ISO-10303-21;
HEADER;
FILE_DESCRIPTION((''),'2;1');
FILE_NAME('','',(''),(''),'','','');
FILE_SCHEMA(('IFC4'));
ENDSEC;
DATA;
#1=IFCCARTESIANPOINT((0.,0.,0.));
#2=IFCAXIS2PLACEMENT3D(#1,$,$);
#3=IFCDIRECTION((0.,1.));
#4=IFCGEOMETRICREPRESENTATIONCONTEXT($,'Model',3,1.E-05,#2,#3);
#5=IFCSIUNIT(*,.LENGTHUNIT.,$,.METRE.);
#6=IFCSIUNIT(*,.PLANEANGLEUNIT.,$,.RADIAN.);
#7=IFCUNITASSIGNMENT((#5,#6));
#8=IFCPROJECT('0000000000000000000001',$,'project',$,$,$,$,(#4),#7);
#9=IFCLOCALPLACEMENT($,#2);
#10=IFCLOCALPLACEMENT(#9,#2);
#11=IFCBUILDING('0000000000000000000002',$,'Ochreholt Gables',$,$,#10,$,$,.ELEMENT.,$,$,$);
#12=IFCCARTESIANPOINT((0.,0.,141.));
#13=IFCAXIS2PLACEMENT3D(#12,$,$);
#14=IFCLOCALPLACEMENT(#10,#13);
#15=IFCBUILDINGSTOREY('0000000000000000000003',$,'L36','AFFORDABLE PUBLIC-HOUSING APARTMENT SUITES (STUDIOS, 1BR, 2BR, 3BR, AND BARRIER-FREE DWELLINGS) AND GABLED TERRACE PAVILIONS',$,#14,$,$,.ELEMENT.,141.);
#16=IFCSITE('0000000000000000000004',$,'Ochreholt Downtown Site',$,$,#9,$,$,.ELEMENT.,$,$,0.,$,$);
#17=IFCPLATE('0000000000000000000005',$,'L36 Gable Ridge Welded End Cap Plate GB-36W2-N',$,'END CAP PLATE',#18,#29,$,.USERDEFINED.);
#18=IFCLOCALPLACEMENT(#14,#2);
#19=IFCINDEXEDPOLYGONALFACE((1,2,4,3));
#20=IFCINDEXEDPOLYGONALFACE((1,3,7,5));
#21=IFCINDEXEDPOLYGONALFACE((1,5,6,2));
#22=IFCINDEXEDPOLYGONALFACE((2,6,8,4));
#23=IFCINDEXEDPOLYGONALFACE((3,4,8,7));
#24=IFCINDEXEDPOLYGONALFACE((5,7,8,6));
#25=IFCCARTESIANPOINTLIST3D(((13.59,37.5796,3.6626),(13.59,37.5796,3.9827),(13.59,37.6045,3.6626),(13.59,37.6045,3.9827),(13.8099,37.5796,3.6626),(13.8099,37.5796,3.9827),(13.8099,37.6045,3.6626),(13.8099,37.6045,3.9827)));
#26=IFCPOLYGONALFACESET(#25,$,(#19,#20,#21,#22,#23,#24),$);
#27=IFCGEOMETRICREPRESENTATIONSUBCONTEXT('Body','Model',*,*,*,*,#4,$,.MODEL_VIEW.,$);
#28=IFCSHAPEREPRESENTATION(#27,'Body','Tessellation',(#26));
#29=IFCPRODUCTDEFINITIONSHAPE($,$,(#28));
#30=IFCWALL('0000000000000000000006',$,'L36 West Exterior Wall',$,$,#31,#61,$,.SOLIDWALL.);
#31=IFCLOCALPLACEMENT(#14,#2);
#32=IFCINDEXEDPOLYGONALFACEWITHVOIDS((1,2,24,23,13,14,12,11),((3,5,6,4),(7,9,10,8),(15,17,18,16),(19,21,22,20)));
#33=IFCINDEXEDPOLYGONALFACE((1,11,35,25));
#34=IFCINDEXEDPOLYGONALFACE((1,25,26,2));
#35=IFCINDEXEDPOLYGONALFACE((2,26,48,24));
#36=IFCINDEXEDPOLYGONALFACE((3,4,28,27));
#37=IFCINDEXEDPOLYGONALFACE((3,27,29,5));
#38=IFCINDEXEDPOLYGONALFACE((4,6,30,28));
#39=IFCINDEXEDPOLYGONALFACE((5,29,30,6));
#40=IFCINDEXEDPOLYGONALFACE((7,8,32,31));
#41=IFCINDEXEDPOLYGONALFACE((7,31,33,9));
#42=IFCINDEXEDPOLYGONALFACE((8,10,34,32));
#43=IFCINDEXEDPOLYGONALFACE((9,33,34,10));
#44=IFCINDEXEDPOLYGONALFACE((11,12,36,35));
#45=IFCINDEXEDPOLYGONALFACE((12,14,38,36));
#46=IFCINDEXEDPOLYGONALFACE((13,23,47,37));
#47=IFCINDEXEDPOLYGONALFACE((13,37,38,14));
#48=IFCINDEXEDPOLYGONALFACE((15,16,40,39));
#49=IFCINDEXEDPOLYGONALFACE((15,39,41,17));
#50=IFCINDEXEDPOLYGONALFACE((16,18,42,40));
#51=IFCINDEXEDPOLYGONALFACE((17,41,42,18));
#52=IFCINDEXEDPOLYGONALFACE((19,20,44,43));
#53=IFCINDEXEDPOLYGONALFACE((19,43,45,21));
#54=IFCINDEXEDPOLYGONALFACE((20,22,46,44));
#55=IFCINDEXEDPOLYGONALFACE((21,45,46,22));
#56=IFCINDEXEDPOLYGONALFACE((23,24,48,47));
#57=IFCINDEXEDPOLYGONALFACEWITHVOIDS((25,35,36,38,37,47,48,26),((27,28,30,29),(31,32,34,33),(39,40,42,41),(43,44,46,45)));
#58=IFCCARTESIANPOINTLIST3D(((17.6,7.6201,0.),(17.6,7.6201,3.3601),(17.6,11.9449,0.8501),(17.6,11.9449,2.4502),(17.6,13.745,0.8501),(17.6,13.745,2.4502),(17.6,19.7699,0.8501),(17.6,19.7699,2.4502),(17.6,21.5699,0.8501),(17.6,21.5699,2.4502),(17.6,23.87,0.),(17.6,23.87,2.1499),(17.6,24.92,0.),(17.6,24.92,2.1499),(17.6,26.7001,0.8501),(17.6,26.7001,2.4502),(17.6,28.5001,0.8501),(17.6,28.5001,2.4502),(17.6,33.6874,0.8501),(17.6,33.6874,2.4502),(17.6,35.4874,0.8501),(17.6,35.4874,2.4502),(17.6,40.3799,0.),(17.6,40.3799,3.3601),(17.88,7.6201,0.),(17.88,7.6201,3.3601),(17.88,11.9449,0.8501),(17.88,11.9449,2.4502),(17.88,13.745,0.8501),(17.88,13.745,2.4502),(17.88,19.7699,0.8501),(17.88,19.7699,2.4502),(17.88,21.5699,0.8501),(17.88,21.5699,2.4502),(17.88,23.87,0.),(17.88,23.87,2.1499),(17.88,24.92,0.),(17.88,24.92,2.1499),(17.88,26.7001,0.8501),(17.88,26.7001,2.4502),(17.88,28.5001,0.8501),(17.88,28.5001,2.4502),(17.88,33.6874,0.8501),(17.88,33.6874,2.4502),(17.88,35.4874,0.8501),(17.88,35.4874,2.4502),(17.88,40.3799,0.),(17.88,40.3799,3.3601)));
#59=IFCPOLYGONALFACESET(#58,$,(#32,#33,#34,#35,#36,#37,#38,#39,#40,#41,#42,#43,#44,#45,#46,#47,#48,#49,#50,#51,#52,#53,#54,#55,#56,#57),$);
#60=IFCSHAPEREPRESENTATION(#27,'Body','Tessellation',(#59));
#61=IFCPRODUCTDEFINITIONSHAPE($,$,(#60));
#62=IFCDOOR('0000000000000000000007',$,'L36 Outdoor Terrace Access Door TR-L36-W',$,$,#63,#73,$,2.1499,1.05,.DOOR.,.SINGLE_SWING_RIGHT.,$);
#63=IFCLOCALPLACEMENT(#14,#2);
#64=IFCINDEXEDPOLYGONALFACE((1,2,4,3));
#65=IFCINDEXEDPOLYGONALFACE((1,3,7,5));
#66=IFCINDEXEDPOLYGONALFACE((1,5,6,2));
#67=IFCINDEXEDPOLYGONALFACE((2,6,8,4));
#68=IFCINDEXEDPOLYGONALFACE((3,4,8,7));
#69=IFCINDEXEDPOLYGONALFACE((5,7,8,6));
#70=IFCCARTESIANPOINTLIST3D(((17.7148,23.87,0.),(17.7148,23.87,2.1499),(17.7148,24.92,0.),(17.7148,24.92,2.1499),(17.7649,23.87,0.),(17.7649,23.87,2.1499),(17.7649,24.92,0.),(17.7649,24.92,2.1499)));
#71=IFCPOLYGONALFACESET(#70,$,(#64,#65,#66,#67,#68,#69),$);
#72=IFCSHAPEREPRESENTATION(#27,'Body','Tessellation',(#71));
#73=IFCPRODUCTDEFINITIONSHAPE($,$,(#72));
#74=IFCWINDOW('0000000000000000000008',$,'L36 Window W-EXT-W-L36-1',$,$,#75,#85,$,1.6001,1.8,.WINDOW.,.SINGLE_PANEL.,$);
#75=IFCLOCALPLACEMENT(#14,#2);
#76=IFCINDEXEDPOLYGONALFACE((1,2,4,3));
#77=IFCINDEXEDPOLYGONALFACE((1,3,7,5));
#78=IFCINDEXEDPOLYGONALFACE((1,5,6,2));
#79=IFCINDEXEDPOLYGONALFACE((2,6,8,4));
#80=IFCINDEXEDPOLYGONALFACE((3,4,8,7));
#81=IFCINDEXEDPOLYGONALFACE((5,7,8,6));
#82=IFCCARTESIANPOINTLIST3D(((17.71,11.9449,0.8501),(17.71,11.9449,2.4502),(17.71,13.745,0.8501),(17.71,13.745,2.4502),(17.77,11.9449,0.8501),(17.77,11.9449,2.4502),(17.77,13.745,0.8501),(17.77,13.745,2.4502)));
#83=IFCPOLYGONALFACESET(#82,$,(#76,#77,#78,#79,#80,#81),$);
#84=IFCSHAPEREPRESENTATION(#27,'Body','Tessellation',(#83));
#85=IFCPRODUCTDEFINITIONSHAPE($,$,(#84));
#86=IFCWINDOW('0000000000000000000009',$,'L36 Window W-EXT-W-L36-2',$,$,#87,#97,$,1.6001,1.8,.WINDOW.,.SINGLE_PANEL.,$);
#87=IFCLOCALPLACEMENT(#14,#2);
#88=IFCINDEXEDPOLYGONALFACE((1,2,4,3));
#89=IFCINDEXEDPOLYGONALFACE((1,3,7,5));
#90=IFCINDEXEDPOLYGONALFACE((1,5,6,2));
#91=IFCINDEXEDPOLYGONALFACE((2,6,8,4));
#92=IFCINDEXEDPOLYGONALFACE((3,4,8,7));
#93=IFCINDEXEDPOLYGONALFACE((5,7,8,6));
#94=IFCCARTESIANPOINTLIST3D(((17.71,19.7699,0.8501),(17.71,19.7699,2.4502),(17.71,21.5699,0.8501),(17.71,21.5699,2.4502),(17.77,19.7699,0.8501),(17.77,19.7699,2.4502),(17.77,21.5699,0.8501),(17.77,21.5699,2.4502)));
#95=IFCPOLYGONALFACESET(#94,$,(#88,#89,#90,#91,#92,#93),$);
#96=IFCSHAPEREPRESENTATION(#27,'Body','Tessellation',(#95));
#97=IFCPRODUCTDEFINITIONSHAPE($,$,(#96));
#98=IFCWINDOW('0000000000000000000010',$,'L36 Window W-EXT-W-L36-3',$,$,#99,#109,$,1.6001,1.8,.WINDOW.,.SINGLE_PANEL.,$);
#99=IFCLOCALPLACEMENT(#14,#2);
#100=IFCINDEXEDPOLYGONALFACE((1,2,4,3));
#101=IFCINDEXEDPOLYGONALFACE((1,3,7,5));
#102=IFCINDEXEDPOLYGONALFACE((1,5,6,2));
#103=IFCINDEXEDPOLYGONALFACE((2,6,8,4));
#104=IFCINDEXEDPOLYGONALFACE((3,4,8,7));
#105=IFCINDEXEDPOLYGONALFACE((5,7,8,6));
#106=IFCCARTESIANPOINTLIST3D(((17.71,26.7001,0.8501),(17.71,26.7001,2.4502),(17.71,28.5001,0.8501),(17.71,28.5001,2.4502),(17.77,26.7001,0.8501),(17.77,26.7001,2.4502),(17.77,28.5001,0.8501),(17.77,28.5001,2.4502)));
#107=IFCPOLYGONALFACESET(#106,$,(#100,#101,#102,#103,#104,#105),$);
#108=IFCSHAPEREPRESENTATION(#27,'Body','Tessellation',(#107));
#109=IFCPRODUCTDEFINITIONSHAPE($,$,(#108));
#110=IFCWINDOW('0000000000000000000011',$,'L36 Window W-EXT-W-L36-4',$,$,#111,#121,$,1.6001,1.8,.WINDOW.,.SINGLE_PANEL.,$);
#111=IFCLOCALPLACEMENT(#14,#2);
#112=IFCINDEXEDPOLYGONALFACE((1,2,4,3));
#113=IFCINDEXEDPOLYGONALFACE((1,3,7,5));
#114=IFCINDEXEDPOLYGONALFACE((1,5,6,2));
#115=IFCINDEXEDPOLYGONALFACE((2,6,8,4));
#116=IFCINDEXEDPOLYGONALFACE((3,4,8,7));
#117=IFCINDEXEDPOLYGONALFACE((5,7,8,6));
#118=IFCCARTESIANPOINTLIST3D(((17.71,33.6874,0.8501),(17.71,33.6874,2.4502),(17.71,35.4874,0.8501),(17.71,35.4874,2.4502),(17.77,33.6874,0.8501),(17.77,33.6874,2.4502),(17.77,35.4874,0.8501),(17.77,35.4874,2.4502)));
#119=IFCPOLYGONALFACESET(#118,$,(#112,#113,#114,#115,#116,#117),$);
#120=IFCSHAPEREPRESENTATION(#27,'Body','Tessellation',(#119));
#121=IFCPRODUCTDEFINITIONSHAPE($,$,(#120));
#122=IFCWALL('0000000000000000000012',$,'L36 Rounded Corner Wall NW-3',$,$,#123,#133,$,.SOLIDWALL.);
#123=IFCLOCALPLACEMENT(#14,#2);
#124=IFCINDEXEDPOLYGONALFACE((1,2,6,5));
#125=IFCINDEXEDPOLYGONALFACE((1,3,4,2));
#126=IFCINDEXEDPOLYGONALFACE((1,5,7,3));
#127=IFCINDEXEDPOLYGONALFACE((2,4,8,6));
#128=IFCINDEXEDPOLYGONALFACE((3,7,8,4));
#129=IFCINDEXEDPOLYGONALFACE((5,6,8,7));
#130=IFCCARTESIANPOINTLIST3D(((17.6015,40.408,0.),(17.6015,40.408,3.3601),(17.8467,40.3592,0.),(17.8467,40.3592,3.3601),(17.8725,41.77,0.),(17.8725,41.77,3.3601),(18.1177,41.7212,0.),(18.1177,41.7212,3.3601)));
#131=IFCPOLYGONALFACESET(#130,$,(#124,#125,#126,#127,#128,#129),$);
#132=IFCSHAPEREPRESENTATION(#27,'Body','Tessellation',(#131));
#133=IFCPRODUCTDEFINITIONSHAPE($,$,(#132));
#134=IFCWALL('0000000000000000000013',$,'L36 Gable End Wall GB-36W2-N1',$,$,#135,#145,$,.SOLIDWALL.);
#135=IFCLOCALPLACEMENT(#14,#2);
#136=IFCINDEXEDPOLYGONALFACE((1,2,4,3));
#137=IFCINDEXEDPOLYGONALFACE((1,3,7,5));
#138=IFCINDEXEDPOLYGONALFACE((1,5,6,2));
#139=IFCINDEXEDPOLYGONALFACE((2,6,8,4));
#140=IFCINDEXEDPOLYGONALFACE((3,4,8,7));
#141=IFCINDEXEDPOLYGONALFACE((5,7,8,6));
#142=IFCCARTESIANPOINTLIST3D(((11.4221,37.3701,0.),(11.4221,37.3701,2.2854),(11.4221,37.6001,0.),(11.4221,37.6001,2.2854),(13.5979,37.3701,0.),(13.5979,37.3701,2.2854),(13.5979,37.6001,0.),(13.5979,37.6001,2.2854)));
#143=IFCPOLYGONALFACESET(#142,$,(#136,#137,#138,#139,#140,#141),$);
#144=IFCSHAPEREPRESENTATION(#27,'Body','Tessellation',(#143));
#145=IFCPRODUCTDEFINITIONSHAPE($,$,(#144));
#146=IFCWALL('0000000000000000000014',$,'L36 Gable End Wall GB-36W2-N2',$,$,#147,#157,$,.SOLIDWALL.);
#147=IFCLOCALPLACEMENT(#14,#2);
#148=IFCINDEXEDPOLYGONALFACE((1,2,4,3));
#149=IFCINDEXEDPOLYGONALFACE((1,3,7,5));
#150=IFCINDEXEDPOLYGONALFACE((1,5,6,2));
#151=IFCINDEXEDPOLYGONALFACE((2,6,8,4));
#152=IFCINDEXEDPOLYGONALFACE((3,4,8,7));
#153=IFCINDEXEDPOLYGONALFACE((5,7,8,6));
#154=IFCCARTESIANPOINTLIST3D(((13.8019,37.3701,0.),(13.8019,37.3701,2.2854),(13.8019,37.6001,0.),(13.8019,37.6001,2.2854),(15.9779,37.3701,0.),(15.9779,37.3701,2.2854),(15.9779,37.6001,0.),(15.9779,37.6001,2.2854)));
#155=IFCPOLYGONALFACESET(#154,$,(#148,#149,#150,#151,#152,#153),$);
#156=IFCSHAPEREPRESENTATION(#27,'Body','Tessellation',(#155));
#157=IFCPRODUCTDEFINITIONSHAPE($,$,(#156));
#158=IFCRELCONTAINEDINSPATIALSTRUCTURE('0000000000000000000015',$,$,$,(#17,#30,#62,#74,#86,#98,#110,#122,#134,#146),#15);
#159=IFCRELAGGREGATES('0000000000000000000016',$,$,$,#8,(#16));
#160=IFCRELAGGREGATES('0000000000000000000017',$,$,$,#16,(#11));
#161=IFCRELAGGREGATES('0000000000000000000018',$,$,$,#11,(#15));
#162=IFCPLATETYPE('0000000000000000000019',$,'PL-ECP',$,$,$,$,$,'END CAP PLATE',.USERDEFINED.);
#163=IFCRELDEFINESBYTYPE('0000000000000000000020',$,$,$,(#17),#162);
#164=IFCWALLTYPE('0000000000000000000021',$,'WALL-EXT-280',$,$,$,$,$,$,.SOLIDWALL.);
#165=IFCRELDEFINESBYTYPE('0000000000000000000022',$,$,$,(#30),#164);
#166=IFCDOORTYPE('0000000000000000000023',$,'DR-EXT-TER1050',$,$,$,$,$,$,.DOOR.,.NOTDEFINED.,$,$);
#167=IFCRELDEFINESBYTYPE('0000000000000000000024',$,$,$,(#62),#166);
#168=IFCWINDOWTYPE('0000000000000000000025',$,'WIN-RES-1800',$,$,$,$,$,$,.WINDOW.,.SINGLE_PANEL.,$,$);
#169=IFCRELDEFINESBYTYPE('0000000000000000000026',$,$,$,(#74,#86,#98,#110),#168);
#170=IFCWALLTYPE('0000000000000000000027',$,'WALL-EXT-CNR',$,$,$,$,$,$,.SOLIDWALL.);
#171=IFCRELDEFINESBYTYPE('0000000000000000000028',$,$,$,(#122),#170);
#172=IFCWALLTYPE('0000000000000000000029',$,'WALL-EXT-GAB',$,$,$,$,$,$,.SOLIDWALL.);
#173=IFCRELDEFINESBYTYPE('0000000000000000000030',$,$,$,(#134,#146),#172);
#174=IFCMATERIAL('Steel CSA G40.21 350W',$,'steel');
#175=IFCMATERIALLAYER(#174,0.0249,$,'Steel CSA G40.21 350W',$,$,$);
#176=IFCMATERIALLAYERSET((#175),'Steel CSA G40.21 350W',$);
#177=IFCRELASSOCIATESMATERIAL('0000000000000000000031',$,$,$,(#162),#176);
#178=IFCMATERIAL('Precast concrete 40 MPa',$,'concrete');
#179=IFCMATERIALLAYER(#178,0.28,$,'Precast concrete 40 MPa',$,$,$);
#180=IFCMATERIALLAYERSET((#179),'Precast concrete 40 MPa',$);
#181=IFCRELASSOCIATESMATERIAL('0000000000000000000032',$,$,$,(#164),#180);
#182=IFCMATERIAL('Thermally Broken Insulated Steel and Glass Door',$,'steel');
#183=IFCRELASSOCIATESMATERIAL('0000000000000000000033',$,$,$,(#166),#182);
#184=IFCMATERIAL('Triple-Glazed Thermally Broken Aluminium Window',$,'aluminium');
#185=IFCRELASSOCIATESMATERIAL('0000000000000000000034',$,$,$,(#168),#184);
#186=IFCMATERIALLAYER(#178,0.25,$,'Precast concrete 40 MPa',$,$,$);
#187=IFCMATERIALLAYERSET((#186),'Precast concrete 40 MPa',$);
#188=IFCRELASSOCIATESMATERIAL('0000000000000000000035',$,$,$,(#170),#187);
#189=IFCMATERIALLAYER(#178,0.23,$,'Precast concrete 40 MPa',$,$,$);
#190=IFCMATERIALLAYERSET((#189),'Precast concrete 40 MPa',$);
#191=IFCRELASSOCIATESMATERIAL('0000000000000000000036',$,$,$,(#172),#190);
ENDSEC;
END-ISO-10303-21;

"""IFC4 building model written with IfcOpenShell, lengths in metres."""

from ifc_helpers import new_model, si_unit, direction, frame, frame_2d, origin, origin_2d, place, context, subcontext, project, spatial, rectangle, extrude, material, layer, layer_set, type_object, element, fill, save


model = new_model("IFC4")

# Units and contexts
model_context = context("Model", 3, precision=1e-05, world=origin(), true_north=direction((0.0, 1.0)))
body_context = subcontext(model_context, "Body", "Model", "MODEL_VIEW")
ifc_project = project(units=[si_unit("LENGTHUNIT", "METRE"), si_unit("PLANEANGLEUNIT", "RADIAN")], contexts=[model_context])

# Site, building, storey
site_placement = place(None, origin())
site = spatial("IfcSite", under=ifc_project, at=site_placement, Name="Ochreholt Downtown Site", CompositionType="ELEMENT", RefElevation=0.0)
building_placement = place(site_placement, origin())
building = spatial("IfcBuilding", under=site, at=building_placement, Name="Ochreholt Gables", CompositionType="ELEMENT")
storey_placement = place(building_placement, frame((0.0, 0.0, 141.0)))
storey = spatial("IfcBuildingStorey", under=building, at=storey_placement, Name="L36", Description="AFFORDABLE PUBLIC-HOUSING APARTMENT SUITES (STUDIOS, 1BR, 2BR, 3BR, AND BARRIER-FREE DWELLINGS) AND GABLED TERRACE PAVILIONS", CompositionType="ELEMENT", Elevation=141.0)

# Shared definitions
ifc_material_1 = material(Name="Steel CSA G40.21 350W", Category="steel")

# Plate
ifc_layer_1 = layer(ifc_material_1, 0.0249, Name="Steel CSA G40.21 350W")
ifc_layer_set_1 = layer_set([ifc_layer_1], Name="Steel CSA G40.21 350W")
plate_type = type_object("IfcPlateType", Name="PL-ECP", ElementType="END CAP PLATE", PredefinedType="USERDEFINED", material=ifc_layer_set_1)
plate_placement = place(storey_placement, frame((13.7, 37.592, 3.6626), z_axis=(0.0, 0.0, 1.0), x_axis=(1.0, 0.0, 0.0)))
element("IfcPlate", 1, at=plate_placement, inside=storey, type_object=plate_type, Name="L36 Gable Ridge Welded End Cap Plate GB-36W2-N", ObjectType="END CAP PLATE", PredefinedType="USERDEFINED", context=body_context, shape_type="SweptSolid", body=[
    extrude(rectangle(XDim=0.22, YDim=0.0249, at=origin_2d()), origin(), (0.0, 0.0, 1.0), 0.3201),
])

# Wall, openings, door, windows
ifc_material_2 = material(Name="Precast concrete 40 MPa", Category="concrete")
ifc_layer_2 = layer(ifc_material_2, 0.28, Name="Precast concrete 40 MPa")
ifc_layer_set_2 = layer_set([ifc_layer_2], Name="Precast concrete 40 MPa")
wall_type_1 = type_object("IfcWallType", Name="WALL-EXT-280", PredefinedType="SOLIDWALL", material=ifc_layer_set_2)
wall_1_placement = place(storey_placement, frame((17.74, 40.3799, 0.0), z_axis=(0.0, 0.0, 1.0), x_axis=(0.0, -1.0, 0.0)))
wall_1 = element("IfcWall", 2, at=wall_1_placement, inside=storey, type_object=wall_type_1, Name="L36 West Exterior Wall", PredefinedType="SOLIDWALL", context=body_context, shape_type="SweptSolid", body=[
    extrude(rectangle(XDim=32.7598, YDim=0.28, at=frame_2d((16.3799, 0.0))), origin(), (0.0, 0.0, 1.0), 3.3601),
])
opening_1_placement = place(wall_1_placement, frame((15.46, 0.0, 0.0)))
opening_1 = element("IfcOpeningElement", 3, at=opening_1_placement, cuts=wall_1, PredefinedType="OPENING", context=body_context, shape_type="SweptSolid", body=[
    extrude(rectangle(XDim=1.05, YDim=2.1499, at=frame_2d((0.5249, 1.075))), frame((0.0, 0.1499, 0.0), z_axis=(0.0, -1.0, 0.0), x_axis=(1.0, 0.0, 0.0)), (0.0, 0.0, 1.0), 0.3),
])
opening_2_placement = place(wall_1_placement, frame((26.635, 0.0, 0.8501)))
opening_2 = element("IfcOpeningElement", 4, at=opening_2_placement, cuts=wall_1, PredefinedType="OPENING", context=body_context, shape_type="SweptSolid", body=[
    extrude(rectangle(XDim=1.8, YDim=1.6001, at=frame_2d((0.8999, 0.8))), frame((0.0, 0.1499, 0.0), z_axis=(0.0, -1.0, 0.0), x_axis=(1.0, 0.0, 0.0)), (0.0, 0.0, 1.0), 0.3),
])
opening_3_placement = place(wall_1_placement, frame((18.8101, 0.0, 0.8501)))
opening_3 = element("IfcOpeningElement", 5, at=opening_3_placement, cuts=wall_1, PredefinedType="OPENING", context=body_context, shape_type="SweptSolid", body=[
    extrude(rectangle(XDim=1.8, YDim=1.6001, at=frame_2d((0.8999, 0.8))), frame((0.0, 0.1499, 0.0), z_axis=(0.0, -1.0, 0.0), x_axis=(1.0, 0.0, 0.0)), (0.0, 0.0, 1.0), 0.3),
])
opening_4_placement = place(wall_1_placement, frame((11.8799, 0.0, 0.8501)))
opening_4 = element("IfcOpeningElement", 6, at=opening_4_placement, cuts=wall_1, PredefinedType="OPENING", context=body_context, shape_type="SweptSolid", body=[
    extrude(rectangle(XDim=1.8, YDim=1.6001, at=frame_2d((0.8999, 0.8))), frame((0.0, 0.1499, 0.0), z_axis=(0.0, -1.0, 0.0), x_axis=(1.0, 0.0, 0.0)), (0.0, 0.0, 1.0), 0.3),
])
opening_5_placement = place(wall_1_placement, frame((4.8926, 0.0, 0.8501)))
opening_5 = element("IfcOpeningElement", 7, at=opening_5_placement, cuts=wall_1, PredefinedType="OPENING", context=body_context, shape_type="SweptSolid", body=[
    extrude(rectangle(XDim=1.8, YDim=1.6001, at=frame_2d((0.8999, 0.8))), frame((0.0, 0.1499, 0.0), z_axis=(0.0, -1.0, 0.0), x_axis=(1.0, 0.0, 0.0)), (0.0, 0.0, 1.0), 0.3),
])
ifc_material_3 = material(Name="Thermally Broken Insulated Steel and Glass Door", Category="steel")
door_type = type_object("IfcDoorType", Name="DR-EXT-TER1050", OperationType="NOTDEFINED", PredefinedType="DOOR", material=ifc_material_3)
door_placement = place(opening_1_placement, origin())
door = element("IfcDoor", 8, at=door_placement, inside=storey, type_object=door_type, Name="L36 Outdoor Terrace Access Door TR-L36-W", OperationType="SINGLE_SWING_RIGHT", OverallHeight=2.1499, OverallWidth=1.05, PredefinedType="DOOR", context=body_context, shape_type="SweptSolid", body=[
    extrude(rectangle(XDim=1.05, YDim=2.1499, at=frame_2d((0.5249, 1.075))), frame((0.0, 0.0249, 0.0), z_axis=(0.0, -1.0, 0.0), x_axis=(1.0, 0.0, 0.0)), (0.0, 0.0, 1.0), 0.05),
])
fill(opening_1, door)
ifc_material_4 = material(Name="Triple-Glazed Thermally Broken Aluminium Window", Category="aluminium")
window_type = type_object("IfcWindowType", Name="WIN-RES-1800", PartitioningType="SINGLE_PANEL", PredefinedType="WINDOW", material=ifc_material_4)
window_1_placement = place(opening_2_placement, origin())
window_1 = element("IfcWindow", 9, at=window_1_placement, inside=storey, type_object=window_type, Name="L36 Window W-EXT-W-L36-1", OverallHeight=1.6001, OverallWidth=1.8, PartitioningType="SINGLE_PANEL", PredefinedType="WINDOW", context=body_context, shape_type="SweptSolid", body=[
    extrude(rectangle(XDim=1.8, YDim=1.6001, at=frame_2d((0.8999, 0.8))), frame((0.0, 0.03, 0.0), z_axis=(0.0, -1.0, 0.0), x_axis=(1.0, 0.0, 0.0)), (0.0, 0.0, 1.0), 0.0601),
])
fill(opening_2, window_1)
window_2_placement = place(opening_3_placement, origin())
window_2 = element("IfcWindow", 10, at=window_2_placement, inside=storey, type_object=window_type, Name="L36 Window W-EXT-W-L36-2", OverallHeight=1.6001, OverallWidth=1.8, PartitioningType="SINGLE_PANEL", PredefinedType="WINDOW", context=body_context, shape_type="SweptSolid", body=[
    extrude(rectangle(XDim=1.8, YDim=1.6001, at=frame_2d((0.8999, 0.8))), frame((0.0, 0.03, 0.0), z_axis=(0.0, -1.0, 0.0), x_axis=(1.0, 0.0, 0.0)), (0.0, 0.0, 1.0), 0.0601),
])
fill(opening_3, window_2)
window_3_placement = place(opening_4_placement, origin())
window_3 = element("IfcWindow", 11, at=window_3_placement, inside=storey, type_object=window_type, Name="L36 Window W-EXT-W-L36-3", OverallHeight=1.6001, OverallWidth=1.8, PartitioningType="SINGLE_PANEL", PredefinedType="WINDOW", context=body_context, shape_type="SweptSolid", body=[
    extrude(rectangle(XDim=1.8, YDim=1.6001, at=frame_2d((0.8999, 0.8))), frame((0.0, 0.03, 0.0), z_axis=(0.0, -1.0, 0.0), x_axis=(1.0, 0.0, 0.0)), (0.0, 0.0, 1.0), 0.0601),
])
fill(opening_4, window_3)
window_4_placement = place(opening_5_placement, origin())
window_4 = element("IfcWindow", 12, at=window_4_placement, inside=storey, type_object=window_type, Name="L36 Window W-EXT-W-L36-4", OverallHeight=1.6001, OverallWidth=1.8, PartitioningType="SINGLE_PANEL", PredefinedType="WINDOW", context=body_context, shape_type="SweptSolid", body=[
    extrude(rectangle(XDim=1.8, YDim=1.6001, at=frame_2d((0.8999, 0.8))), frame((0.0, 0.03, 0.0), z_axis=(0.0, -1.0, 0.0), x_axis=(1.0, 0.0, 0.0)), (0.0, 0.0, 1.0), 0.0601),
])
fill(opening_5, window_4)

# Walls
ifc_layer_3 = layer(ifc_material_2, 0.25, Name="Precast concrete 40 MPa")
ifc_layer_set_3 = layer_set([ifc_layer_3], Name="Precast concrete 40 MPa")
wall_type_2 = type_object("IfcWallType", Name="WALL-EXT-CNR", PredefinedType="SOLIDWALL", material=ifc_layer_set_3)
wall_2_placement = place(storey_placement, frame((17.9951, 41.7456, 0.0), z_axis=(0.0, 0.0, 1.0), x_axis=(-0.195136, -0.980776, 0.0)))
element("IfcWall", 13, at=wall_2_placement, inside=storey, type_object=wall_type_2, Name="L36 Rounded Corner Wall NW-3", PredefinedType="SOLIDWALL", context=body_context, shape_type="SweptSolid", body=[
    extrude(rectangle(XDim=1.3887, YDim=0.25, at=frame_2d((0.6943, 0.0))), origin(), (0.0, 0.0, 1.0), 3.3601),
])
ifc_layer_4 = layer(ifc_material_2, 0.23, Name="Precast concrete 40 MPa")
ifc_layer_set_4 = layer_set([ifc_layer_4], Name="Precast concrete 40 MPa")
wall_type_3 = type_object("IfcWallType", Name="WALL-EXT-GAB", PredefinedType="SOLIDWALL", material=ifc_layer_set_4)
wall_3_placement = place(storey_placement, frame((11.4221, 37.4851, 0.0), z_axis=(0.0, 0.0, 1.0), x_axis=(1.0, 0.0, 0.0)))
element("IfcWall", 14, at=wall_3_placement, inside=storey, type_object=wall_type_3, Name="L36 Gable End Wall GB-36W2-N1", PredefinedType="SOLIDWALL", context=body_context, shape_type="SweptSolid", body=[
    extrude(rectangle(XDim=2.1758, YDim=0.23, at=frame_2d((1.0879, 0.0))), origin(), (0.0, 0.0, 1.0), 2.2854),
])
wall_4_placement = place(storey_placement, frame((13.802, 37.4851, 0.0), z_axis=(0.0, 0.0, 1.0), x_axis=(1.0, 0.0, 0.0)))
element("IfcWall", 15, at=wall_4_placement, inside=storey, type_object=wall_type_3, Name="L36 Gable End Wall GB-36W2-N2", PredefinedType="SOLIDWALL", context=body_context, shape_type="SweptSolid", body=[
    extrude(rectangle(XDim=2.176, YDim=0.23, at=frame_2d((1.0879, 0.0))), origin(), (0.0, 0.0, 1.0), 2.2854),
])

save(model, "model.ifc")
